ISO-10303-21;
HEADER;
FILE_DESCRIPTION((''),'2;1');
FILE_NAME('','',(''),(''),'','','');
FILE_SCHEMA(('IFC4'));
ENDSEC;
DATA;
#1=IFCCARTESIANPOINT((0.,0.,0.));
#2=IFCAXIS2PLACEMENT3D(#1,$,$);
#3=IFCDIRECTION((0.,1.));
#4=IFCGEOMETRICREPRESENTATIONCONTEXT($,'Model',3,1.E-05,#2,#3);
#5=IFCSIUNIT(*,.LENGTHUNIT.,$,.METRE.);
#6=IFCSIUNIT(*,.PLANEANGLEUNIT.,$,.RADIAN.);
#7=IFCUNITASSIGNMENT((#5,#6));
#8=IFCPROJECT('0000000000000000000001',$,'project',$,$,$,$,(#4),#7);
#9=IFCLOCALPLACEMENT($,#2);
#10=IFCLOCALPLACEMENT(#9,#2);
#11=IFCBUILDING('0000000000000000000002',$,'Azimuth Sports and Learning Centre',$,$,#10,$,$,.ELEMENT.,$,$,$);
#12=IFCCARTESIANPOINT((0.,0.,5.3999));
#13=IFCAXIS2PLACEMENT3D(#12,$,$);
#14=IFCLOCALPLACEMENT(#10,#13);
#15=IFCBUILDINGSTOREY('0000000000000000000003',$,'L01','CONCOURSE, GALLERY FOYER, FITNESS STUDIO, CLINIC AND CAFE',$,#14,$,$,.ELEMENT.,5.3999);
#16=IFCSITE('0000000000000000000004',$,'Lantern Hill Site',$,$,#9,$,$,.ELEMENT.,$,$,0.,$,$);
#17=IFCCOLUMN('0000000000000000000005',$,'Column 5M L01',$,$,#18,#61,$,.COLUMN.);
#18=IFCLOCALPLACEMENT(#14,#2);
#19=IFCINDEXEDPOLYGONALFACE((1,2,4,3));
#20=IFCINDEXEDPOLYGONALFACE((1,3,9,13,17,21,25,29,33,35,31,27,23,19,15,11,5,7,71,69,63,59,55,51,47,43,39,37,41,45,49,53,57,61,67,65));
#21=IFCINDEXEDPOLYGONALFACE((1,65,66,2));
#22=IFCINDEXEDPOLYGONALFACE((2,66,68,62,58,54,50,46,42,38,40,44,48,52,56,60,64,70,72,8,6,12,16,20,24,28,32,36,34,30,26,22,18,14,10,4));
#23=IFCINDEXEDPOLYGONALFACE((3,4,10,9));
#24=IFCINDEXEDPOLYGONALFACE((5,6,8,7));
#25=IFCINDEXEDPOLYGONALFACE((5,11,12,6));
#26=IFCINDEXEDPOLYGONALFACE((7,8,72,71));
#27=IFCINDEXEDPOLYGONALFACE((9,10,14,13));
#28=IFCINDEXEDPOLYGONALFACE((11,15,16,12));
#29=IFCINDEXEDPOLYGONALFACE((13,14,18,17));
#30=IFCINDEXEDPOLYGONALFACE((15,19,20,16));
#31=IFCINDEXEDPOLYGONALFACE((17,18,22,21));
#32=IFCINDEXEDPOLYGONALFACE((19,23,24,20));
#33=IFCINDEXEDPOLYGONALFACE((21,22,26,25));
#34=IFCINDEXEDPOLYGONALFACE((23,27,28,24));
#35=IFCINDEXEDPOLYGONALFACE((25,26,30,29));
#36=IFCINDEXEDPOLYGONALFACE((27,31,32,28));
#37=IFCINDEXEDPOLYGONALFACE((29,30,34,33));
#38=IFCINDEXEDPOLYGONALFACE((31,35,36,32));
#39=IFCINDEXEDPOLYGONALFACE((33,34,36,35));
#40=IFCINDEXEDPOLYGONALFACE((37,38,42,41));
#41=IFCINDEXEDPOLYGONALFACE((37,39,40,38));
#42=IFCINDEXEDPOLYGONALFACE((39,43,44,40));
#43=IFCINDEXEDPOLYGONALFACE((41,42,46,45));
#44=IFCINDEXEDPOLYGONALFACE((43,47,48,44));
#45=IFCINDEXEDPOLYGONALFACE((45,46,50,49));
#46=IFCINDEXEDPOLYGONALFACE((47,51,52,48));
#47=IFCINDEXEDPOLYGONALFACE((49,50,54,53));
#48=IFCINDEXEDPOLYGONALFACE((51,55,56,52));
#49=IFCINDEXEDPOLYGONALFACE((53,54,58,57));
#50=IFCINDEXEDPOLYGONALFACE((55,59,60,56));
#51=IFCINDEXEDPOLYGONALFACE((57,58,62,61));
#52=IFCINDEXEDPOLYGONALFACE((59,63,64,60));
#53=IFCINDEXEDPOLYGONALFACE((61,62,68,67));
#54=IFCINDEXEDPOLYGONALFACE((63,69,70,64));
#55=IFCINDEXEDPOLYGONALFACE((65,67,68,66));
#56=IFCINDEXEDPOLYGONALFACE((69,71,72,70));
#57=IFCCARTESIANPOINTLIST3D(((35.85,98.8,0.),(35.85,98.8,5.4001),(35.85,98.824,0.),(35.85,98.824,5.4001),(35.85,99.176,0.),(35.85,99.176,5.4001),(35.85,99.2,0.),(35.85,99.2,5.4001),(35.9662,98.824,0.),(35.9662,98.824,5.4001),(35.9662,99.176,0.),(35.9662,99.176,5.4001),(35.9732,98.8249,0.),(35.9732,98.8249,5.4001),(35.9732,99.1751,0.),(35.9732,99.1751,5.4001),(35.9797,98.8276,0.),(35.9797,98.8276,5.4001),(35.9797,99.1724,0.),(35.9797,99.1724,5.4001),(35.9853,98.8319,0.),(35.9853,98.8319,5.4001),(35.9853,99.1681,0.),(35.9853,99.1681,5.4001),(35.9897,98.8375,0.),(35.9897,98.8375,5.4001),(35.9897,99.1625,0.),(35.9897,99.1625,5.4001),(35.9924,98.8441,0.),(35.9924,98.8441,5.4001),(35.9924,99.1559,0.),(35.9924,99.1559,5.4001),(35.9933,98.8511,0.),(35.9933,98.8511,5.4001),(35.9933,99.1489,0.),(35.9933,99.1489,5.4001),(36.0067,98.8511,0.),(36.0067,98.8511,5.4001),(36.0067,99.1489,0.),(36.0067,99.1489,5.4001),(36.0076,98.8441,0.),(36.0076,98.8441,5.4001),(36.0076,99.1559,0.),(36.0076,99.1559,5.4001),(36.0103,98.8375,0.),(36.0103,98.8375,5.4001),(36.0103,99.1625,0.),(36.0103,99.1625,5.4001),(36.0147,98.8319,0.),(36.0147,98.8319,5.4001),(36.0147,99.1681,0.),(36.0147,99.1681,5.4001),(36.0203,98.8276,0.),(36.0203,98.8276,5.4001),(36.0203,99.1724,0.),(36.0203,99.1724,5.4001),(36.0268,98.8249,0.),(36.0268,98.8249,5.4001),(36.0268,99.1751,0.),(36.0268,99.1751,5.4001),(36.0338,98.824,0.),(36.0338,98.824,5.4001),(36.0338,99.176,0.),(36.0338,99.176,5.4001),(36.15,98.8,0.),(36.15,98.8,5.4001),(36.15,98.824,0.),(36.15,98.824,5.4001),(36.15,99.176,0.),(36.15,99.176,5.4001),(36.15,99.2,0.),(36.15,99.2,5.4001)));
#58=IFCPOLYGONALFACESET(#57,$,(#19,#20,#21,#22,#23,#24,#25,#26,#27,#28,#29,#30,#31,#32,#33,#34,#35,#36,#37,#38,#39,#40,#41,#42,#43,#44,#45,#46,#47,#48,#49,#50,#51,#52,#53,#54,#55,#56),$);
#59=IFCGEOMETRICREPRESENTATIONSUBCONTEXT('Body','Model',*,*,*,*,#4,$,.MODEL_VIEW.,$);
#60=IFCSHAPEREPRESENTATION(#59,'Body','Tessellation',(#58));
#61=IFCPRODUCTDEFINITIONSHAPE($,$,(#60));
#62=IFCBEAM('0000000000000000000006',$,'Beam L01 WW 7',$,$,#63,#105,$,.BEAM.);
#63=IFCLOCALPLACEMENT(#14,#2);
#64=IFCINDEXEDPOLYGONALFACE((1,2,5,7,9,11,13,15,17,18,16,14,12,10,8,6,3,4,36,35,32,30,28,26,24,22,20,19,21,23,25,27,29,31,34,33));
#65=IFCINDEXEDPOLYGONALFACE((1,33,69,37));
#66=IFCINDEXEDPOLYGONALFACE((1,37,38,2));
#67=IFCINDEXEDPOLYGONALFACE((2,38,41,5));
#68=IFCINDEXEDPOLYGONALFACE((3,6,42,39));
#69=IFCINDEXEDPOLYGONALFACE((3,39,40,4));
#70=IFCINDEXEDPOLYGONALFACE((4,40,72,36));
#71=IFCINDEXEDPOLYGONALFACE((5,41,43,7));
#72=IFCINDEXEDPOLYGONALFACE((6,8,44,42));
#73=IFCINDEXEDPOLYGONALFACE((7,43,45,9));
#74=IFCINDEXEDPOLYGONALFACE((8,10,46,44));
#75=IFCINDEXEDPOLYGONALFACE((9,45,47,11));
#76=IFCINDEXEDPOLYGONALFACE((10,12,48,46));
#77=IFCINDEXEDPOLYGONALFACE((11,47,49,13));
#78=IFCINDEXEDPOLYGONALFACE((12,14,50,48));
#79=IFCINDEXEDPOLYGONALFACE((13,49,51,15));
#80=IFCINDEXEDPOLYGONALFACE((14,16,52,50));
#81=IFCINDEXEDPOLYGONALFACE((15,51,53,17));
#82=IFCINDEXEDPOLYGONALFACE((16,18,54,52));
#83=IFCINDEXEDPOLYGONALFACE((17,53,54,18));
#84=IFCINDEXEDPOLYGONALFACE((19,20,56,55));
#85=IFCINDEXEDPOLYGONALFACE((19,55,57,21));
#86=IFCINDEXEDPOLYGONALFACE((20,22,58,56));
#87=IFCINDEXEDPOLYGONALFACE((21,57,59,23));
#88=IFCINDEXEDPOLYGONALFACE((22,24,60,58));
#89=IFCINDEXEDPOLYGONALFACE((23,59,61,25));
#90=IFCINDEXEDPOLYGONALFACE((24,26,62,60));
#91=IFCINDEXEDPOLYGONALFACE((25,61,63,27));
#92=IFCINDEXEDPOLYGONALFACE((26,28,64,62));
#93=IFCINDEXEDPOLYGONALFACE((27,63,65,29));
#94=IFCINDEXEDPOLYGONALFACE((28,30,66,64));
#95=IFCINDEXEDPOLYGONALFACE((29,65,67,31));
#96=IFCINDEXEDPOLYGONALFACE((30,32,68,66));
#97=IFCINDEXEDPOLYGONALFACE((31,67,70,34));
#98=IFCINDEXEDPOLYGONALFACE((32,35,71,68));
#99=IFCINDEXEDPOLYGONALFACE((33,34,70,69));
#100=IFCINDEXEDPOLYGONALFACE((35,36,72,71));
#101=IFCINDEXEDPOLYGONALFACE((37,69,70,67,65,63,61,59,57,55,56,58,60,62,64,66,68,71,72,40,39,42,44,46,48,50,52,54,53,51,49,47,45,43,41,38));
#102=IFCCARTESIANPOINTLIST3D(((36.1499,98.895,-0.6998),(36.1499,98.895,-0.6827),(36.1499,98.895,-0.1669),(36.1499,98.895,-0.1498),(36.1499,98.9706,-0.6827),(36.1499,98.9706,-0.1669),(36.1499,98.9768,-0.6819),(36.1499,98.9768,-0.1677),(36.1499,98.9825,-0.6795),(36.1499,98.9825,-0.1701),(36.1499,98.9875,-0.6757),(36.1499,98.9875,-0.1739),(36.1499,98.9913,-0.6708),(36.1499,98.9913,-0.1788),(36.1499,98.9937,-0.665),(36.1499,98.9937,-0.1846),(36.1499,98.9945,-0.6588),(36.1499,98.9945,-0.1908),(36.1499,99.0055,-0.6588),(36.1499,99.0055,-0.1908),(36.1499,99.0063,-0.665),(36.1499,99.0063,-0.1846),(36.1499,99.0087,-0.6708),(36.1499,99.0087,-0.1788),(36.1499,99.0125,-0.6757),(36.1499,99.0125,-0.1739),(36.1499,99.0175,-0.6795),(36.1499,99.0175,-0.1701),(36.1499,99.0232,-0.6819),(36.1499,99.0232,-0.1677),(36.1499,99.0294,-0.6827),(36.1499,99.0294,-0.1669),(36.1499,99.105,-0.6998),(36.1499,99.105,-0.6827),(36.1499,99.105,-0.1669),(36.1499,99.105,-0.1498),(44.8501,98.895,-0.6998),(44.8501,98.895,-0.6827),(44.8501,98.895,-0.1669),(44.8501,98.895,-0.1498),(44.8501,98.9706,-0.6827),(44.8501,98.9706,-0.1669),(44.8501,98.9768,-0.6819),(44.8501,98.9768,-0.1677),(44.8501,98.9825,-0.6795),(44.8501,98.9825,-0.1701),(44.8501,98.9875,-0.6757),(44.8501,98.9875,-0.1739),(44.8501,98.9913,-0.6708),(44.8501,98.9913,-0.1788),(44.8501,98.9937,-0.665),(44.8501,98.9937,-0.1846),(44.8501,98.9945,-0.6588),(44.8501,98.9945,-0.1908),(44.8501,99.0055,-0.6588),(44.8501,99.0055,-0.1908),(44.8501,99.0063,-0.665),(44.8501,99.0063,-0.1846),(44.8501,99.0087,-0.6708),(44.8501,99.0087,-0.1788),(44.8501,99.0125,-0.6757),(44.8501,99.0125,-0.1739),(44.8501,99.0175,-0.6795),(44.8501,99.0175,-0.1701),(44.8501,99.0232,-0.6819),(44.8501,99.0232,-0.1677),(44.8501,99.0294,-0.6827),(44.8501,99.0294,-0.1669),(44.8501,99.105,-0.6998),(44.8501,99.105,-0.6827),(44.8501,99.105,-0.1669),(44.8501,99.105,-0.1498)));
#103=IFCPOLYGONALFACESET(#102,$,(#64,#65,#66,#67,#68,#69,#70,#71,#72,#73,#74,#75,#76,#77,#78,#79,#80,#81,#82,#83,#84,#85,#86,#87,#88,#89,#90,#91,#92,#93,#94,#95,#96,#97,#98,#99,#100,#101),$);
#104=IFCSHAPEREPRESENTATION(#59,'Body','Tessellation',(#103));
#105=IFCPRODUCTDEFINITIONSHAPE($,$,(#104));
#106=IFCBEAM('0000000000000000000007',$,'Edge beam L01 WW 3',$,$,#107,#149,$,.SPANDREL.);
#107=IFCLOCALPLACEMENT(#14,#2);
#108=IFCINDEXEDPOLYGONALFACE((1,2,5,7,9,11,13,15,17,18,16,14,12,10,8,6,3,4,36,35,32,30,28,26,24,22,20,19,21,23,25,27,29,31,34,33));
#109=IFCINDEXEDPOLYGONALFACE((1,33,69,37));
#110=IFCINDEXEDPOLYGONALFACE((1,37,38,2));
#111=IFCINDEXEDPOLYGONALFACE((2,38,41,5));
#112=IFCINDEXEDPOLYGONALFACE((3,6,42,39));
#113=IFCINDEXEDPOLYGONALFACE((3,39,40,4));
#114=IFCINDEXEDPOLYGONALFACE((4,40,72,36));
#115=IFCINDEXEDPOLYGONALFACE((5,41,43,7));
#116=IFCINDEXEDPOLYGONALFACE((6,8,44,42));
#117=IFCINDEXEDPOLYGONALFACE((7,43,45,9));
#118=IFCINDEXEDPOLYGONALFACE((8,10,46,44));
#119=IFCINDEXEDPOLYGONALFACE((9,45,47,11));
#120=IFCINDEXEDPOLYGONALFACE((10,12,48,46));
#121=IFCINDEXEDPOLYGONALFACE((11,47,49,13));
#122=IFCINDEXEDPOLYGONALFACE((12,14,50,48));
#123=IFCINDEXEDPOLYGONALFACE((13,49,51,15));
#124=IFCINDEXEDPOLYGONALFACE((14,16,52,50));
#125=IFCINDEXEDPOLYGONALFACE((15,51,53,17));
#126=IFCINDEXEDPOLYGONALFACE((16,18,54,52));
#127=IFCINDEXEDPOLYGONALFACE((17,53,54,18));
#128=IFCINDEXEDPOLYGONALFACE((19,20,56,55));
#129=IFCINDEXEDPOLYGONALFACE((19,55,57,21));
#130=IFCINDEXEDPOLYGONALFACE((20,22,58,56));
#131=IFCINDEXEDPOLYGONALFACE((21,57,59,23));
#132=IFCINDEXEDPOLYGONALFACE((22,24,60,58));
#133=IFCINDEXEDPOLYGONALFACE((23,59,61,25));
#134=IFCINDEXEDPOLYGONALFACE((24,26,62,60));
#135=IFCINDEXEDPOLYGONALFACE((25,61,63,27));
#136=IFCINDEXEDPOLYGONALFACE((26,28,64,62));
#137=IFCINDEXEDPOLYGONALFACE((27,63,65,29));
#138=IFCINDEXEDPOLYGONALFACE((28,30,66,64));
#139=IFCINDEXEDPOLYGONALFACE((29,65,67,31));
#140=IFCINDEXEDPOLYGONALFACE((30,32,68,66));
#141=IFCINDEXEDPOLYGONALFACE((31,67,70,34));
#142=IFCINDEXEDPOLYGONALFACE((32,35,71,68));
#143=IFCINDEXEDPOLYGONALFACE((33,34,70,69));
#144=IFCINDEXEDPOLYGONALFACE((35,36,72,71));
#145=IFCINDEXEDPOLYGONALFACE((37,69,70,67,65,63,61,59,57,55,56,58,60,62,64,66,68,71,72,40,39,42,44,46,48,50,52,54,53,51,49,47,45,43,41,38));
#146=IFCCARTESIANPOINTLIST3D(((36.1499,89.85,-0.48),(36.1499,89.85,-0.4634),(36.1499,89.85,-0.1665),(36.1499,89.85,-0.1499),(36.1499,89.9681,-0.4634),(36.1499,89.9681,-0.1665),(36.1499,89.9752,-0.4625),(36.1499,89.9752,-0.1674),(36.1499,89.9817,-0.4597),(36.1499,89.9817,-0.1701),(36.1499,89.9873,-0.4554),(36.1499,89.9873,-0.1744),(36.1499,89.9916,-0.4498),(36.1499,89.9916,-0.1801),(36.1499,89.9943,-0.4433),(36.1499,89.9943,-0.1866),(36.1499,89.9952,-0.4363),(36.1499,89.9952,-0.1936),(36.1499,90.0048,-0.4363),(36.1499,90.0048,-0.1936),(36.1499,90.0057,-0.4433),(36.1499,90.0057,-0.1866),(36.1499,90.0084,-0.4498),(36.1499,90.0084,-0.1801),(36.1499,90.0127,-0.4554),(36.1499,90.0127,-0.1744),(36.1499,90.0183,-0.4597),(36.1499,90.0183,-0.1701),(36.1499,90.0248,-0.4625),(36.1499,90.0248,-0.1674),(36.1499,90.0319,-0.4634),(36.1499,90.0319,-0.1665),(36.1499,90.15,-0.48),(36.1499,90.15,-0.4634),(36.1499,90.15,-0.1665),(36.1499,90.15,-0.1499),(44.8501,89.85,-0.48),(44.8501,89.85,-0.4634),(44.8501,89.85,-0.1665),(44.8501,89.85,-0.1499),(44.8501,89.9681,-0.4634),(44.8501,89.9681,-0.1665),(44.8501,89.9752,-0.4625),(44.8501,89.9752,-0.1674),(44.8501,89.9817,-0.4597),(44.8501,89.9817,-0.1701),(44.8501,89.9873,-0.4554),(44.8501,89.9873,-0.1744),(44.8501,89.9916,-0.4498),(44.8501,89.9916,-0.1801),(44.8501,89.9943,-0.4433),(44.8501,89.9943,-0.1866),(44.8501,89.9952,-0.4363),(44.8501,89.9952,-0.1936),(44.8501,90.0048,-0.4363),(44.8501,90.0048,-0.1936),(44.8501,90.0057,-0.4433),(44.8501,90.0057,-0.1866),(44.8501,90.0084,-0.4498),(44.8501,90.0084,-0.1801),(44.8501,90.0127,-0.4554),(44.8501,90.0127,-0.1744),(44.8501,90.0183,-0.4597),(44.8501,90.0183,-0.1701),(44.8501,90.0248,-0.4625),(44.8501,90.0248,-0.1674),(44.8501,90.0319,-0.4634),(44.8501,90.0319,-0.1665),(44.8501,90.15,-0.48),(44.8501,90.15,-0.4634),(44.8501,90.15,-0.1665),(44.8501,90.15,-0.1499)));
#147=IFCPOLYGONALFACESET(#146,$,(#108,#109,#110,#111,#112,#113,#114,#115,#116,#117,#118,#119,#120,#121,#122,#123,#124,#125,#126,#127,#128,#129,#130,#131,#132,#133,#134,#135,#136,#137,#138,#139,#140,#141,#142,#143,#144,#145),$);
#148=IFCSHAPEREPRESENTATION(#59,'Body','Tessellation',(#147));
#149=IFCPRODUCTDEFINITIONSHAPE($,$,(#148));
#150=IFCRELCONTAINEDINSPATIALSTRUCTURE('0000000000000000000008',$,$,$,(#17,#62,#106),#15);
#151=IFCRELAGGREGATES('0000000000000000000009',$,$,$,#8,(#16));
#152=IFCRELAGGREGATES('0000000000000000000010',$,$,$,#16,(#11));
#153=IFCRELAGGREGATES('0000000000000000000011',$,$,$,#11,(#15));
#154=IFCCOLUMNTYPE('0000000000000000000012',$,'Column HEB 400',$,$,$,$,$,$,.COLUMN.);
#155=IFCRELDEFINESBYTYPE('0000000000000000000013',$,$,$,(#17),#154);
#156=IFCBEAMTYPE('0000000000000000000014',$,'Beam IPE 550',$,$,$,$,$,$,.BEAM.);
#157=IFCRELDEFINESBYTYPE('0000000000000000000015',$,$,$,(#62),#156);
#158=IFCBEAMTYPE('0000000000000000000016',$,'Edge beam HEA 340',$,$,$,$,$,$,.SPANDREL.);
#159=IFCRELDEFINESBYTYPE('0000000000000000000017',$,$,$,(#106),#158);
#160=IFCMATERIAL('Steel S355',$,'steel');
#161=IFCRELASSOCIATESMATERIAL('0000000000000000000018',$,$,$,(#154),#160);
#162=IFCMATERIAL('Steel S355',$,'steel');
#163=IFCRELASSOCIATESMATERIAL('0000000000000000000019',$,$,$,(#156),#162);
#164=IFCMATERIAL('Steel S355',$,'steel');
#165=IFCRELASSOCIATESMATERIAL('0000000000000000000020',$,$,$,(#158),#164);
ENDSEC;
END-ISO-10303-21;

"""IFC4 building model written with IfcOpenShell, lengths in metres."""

from ifc_helpers import new_model, si_unit, direction, frame, origin, origin_2d, place, context, subcontext, project, spatial, i_section, extrude, material, material_profile, profile_set, type_object, element, save


model = new_model("IFC4")

# Units and contexts
model_context = context("Model", 3, precision=1e-05, world=origin(), true_north=direction((0.0, 1.0)))
body_context = subcontext(model_context, "Body", "Model", "MODEL_VIEW")
ifc_project = project(units=[si_unit("LENGTHUNIT", "METRE"), si_unit("PLANEANGLEUNIT", "RADIAN")], contexts=[model_context])

# Site, building, storey
site_placement = place(None, origin())
site = spatial("IfcSite", under=ifc_project, at=site_placement, Name="Lantern Hill Site", CompositionType="ELEMENT", RefElevation=0.0)
building_placement = place(site_placement, origin())
building = spatial("IfcBuilding", under=site, at=building_placement, Name="Azimuth Sports and Learning Centre", CompositionType="ELEMENT")
storey_placement = place(building_placement, frame((0.0, 0.0, 5.3999)))
storey = spatial("IfcBuildingStorey", under=building, at=storey_placement, Name="L01", Description="CONCOURSE, GALLERY FOYER, FITNESS STUDIO, CLINIC AND CAFE", CompositionType="ELEMENT", Elevation=5.3999)

# Column
ifc_material_1 = material(Name="Steel S355", Category="steel")
ifc_material_profile_1 = material_profile(ifc_material_1, i_section(OverallWidth=0.3, OverallDepth=0.3999, WebThickness=0.0134, FlangeThickness=0.0239, FilletRadius=0.0271, at=origin_2d()), Name="HEB 400")
ifc_profile_set_1 = profile_set([ifc_material_profile_1], Name="Steel S355")
column_type = type_object("IfcColumnType", Name="Column HEB 400", PredefinedType="COLUMN", material=ifc_profile_set_1)
column_placement = place(storey_placement, frame((36.0, 99.0, 0.0), z_axis=(0.0, 0.0, 1.0), x_axis=(1.0, 0.0, 0.0)))
element("IfcColumn", 1, at=column_placement, inside=storey, type_object=column_type, Name="Column 5M L01", PredefinedType="COLUMN", context=body_context, shape_type="SweptSolid", body=[
    extrude(i_section(OverallWidth=0.3, OverallDepth=0.3999, WebThickness=0.0134, FlangeThickness=0.0239, FilletRadius=0.0271, at=origin_2d()), origin(), (0.0, 0.0, 1.0), 5.4001),
])

# Beams
ifc_material_2 = material(Name="Steel S355", Category="steel")
ifc_material_profile_2 = material_profile(ifc_material_2, i_section(OverallWidth=0.21, OverallDepth=0.55, WebThickness=0.011, FlangeThickness=0.0171, FilletRadius=0.0239, at=origin_2d()), Name="IPE 550")
ifc_profile_set_2 = profile_set([ifc_material_profile_2], Name="Steel S355")
beam_type_1 = type_object("IfcBeamType", Name="Beam IPE 550", PredefinedType="BEAM", material=ifc_profile_set_2)
beam_1_placement = place(storey_placement, frame((36.1499, 99.0, -0.4248), z_axis=(1.0, 0.0, 0.0), x_axis=(0.0, 1.0, 0.0)))
element("IfcBeam", 2, at=beam_1_placement, inside=storey, type_object=beam_type_1, Name="Beam L01 WW 7", PredefinedType="BEAM", context=body_context, shape_type="SweptSolid", body=[
    extrude(i_section(OverallWidth=0.21, OverallDepth=0.55, WebThickness=0.011, FlangeThickness=0.0171, FilletRadius=0.0239, at=origin_2d()), origin(), (0.0, 0.0, 1.0), 8.7002),
])
ifc_material_3 = material(Name="Steel S355", Category="steel")
ifc_material_profile_3 = material_profile(ifc_material_3, i_section(OverallWidth=0.3, OverallDepth=0.3301, WebThickness=0.0095, FlangeThickness=0.0166, FilletRadius=0.0271, at=origin_2d()), Name="HEA 340")
ifc_profile_set_3 = profile_set([ifc_material_profile_3], Name="Steel S355")
beam_type_2 = type_object("IfcBeamType", Name="Edge beam HEA 340", PredefinedType="SPANDREL", material=ifc_profile_set_3)
beam_2_placement = place(storey_placement, frame((36.1499, 90.0, -0.3149), z_axis=(1.0, 0.0, 0.0), x_axis=(0.0, 1.0, 0.0)))
element("IfcBeam", 3, at=beam_2_placement, inside=storey, type_object=beam_type_2, Name="Edge beam L01 WW 3", PredefinedType="SPANDREL", context=body_context, shape_type="SweptSolid", body=[
    extrude(i_section(OverallWidth=0.3, OverallDepth=0.3301, WebThickness=0.0095, FlangeThickness=0.0166, FilletRadius=0.0271, at=origin_2d()), origin(), (0.0, 0.0, 1.0), 8.7002),
])

save(model, "model.ifc")
